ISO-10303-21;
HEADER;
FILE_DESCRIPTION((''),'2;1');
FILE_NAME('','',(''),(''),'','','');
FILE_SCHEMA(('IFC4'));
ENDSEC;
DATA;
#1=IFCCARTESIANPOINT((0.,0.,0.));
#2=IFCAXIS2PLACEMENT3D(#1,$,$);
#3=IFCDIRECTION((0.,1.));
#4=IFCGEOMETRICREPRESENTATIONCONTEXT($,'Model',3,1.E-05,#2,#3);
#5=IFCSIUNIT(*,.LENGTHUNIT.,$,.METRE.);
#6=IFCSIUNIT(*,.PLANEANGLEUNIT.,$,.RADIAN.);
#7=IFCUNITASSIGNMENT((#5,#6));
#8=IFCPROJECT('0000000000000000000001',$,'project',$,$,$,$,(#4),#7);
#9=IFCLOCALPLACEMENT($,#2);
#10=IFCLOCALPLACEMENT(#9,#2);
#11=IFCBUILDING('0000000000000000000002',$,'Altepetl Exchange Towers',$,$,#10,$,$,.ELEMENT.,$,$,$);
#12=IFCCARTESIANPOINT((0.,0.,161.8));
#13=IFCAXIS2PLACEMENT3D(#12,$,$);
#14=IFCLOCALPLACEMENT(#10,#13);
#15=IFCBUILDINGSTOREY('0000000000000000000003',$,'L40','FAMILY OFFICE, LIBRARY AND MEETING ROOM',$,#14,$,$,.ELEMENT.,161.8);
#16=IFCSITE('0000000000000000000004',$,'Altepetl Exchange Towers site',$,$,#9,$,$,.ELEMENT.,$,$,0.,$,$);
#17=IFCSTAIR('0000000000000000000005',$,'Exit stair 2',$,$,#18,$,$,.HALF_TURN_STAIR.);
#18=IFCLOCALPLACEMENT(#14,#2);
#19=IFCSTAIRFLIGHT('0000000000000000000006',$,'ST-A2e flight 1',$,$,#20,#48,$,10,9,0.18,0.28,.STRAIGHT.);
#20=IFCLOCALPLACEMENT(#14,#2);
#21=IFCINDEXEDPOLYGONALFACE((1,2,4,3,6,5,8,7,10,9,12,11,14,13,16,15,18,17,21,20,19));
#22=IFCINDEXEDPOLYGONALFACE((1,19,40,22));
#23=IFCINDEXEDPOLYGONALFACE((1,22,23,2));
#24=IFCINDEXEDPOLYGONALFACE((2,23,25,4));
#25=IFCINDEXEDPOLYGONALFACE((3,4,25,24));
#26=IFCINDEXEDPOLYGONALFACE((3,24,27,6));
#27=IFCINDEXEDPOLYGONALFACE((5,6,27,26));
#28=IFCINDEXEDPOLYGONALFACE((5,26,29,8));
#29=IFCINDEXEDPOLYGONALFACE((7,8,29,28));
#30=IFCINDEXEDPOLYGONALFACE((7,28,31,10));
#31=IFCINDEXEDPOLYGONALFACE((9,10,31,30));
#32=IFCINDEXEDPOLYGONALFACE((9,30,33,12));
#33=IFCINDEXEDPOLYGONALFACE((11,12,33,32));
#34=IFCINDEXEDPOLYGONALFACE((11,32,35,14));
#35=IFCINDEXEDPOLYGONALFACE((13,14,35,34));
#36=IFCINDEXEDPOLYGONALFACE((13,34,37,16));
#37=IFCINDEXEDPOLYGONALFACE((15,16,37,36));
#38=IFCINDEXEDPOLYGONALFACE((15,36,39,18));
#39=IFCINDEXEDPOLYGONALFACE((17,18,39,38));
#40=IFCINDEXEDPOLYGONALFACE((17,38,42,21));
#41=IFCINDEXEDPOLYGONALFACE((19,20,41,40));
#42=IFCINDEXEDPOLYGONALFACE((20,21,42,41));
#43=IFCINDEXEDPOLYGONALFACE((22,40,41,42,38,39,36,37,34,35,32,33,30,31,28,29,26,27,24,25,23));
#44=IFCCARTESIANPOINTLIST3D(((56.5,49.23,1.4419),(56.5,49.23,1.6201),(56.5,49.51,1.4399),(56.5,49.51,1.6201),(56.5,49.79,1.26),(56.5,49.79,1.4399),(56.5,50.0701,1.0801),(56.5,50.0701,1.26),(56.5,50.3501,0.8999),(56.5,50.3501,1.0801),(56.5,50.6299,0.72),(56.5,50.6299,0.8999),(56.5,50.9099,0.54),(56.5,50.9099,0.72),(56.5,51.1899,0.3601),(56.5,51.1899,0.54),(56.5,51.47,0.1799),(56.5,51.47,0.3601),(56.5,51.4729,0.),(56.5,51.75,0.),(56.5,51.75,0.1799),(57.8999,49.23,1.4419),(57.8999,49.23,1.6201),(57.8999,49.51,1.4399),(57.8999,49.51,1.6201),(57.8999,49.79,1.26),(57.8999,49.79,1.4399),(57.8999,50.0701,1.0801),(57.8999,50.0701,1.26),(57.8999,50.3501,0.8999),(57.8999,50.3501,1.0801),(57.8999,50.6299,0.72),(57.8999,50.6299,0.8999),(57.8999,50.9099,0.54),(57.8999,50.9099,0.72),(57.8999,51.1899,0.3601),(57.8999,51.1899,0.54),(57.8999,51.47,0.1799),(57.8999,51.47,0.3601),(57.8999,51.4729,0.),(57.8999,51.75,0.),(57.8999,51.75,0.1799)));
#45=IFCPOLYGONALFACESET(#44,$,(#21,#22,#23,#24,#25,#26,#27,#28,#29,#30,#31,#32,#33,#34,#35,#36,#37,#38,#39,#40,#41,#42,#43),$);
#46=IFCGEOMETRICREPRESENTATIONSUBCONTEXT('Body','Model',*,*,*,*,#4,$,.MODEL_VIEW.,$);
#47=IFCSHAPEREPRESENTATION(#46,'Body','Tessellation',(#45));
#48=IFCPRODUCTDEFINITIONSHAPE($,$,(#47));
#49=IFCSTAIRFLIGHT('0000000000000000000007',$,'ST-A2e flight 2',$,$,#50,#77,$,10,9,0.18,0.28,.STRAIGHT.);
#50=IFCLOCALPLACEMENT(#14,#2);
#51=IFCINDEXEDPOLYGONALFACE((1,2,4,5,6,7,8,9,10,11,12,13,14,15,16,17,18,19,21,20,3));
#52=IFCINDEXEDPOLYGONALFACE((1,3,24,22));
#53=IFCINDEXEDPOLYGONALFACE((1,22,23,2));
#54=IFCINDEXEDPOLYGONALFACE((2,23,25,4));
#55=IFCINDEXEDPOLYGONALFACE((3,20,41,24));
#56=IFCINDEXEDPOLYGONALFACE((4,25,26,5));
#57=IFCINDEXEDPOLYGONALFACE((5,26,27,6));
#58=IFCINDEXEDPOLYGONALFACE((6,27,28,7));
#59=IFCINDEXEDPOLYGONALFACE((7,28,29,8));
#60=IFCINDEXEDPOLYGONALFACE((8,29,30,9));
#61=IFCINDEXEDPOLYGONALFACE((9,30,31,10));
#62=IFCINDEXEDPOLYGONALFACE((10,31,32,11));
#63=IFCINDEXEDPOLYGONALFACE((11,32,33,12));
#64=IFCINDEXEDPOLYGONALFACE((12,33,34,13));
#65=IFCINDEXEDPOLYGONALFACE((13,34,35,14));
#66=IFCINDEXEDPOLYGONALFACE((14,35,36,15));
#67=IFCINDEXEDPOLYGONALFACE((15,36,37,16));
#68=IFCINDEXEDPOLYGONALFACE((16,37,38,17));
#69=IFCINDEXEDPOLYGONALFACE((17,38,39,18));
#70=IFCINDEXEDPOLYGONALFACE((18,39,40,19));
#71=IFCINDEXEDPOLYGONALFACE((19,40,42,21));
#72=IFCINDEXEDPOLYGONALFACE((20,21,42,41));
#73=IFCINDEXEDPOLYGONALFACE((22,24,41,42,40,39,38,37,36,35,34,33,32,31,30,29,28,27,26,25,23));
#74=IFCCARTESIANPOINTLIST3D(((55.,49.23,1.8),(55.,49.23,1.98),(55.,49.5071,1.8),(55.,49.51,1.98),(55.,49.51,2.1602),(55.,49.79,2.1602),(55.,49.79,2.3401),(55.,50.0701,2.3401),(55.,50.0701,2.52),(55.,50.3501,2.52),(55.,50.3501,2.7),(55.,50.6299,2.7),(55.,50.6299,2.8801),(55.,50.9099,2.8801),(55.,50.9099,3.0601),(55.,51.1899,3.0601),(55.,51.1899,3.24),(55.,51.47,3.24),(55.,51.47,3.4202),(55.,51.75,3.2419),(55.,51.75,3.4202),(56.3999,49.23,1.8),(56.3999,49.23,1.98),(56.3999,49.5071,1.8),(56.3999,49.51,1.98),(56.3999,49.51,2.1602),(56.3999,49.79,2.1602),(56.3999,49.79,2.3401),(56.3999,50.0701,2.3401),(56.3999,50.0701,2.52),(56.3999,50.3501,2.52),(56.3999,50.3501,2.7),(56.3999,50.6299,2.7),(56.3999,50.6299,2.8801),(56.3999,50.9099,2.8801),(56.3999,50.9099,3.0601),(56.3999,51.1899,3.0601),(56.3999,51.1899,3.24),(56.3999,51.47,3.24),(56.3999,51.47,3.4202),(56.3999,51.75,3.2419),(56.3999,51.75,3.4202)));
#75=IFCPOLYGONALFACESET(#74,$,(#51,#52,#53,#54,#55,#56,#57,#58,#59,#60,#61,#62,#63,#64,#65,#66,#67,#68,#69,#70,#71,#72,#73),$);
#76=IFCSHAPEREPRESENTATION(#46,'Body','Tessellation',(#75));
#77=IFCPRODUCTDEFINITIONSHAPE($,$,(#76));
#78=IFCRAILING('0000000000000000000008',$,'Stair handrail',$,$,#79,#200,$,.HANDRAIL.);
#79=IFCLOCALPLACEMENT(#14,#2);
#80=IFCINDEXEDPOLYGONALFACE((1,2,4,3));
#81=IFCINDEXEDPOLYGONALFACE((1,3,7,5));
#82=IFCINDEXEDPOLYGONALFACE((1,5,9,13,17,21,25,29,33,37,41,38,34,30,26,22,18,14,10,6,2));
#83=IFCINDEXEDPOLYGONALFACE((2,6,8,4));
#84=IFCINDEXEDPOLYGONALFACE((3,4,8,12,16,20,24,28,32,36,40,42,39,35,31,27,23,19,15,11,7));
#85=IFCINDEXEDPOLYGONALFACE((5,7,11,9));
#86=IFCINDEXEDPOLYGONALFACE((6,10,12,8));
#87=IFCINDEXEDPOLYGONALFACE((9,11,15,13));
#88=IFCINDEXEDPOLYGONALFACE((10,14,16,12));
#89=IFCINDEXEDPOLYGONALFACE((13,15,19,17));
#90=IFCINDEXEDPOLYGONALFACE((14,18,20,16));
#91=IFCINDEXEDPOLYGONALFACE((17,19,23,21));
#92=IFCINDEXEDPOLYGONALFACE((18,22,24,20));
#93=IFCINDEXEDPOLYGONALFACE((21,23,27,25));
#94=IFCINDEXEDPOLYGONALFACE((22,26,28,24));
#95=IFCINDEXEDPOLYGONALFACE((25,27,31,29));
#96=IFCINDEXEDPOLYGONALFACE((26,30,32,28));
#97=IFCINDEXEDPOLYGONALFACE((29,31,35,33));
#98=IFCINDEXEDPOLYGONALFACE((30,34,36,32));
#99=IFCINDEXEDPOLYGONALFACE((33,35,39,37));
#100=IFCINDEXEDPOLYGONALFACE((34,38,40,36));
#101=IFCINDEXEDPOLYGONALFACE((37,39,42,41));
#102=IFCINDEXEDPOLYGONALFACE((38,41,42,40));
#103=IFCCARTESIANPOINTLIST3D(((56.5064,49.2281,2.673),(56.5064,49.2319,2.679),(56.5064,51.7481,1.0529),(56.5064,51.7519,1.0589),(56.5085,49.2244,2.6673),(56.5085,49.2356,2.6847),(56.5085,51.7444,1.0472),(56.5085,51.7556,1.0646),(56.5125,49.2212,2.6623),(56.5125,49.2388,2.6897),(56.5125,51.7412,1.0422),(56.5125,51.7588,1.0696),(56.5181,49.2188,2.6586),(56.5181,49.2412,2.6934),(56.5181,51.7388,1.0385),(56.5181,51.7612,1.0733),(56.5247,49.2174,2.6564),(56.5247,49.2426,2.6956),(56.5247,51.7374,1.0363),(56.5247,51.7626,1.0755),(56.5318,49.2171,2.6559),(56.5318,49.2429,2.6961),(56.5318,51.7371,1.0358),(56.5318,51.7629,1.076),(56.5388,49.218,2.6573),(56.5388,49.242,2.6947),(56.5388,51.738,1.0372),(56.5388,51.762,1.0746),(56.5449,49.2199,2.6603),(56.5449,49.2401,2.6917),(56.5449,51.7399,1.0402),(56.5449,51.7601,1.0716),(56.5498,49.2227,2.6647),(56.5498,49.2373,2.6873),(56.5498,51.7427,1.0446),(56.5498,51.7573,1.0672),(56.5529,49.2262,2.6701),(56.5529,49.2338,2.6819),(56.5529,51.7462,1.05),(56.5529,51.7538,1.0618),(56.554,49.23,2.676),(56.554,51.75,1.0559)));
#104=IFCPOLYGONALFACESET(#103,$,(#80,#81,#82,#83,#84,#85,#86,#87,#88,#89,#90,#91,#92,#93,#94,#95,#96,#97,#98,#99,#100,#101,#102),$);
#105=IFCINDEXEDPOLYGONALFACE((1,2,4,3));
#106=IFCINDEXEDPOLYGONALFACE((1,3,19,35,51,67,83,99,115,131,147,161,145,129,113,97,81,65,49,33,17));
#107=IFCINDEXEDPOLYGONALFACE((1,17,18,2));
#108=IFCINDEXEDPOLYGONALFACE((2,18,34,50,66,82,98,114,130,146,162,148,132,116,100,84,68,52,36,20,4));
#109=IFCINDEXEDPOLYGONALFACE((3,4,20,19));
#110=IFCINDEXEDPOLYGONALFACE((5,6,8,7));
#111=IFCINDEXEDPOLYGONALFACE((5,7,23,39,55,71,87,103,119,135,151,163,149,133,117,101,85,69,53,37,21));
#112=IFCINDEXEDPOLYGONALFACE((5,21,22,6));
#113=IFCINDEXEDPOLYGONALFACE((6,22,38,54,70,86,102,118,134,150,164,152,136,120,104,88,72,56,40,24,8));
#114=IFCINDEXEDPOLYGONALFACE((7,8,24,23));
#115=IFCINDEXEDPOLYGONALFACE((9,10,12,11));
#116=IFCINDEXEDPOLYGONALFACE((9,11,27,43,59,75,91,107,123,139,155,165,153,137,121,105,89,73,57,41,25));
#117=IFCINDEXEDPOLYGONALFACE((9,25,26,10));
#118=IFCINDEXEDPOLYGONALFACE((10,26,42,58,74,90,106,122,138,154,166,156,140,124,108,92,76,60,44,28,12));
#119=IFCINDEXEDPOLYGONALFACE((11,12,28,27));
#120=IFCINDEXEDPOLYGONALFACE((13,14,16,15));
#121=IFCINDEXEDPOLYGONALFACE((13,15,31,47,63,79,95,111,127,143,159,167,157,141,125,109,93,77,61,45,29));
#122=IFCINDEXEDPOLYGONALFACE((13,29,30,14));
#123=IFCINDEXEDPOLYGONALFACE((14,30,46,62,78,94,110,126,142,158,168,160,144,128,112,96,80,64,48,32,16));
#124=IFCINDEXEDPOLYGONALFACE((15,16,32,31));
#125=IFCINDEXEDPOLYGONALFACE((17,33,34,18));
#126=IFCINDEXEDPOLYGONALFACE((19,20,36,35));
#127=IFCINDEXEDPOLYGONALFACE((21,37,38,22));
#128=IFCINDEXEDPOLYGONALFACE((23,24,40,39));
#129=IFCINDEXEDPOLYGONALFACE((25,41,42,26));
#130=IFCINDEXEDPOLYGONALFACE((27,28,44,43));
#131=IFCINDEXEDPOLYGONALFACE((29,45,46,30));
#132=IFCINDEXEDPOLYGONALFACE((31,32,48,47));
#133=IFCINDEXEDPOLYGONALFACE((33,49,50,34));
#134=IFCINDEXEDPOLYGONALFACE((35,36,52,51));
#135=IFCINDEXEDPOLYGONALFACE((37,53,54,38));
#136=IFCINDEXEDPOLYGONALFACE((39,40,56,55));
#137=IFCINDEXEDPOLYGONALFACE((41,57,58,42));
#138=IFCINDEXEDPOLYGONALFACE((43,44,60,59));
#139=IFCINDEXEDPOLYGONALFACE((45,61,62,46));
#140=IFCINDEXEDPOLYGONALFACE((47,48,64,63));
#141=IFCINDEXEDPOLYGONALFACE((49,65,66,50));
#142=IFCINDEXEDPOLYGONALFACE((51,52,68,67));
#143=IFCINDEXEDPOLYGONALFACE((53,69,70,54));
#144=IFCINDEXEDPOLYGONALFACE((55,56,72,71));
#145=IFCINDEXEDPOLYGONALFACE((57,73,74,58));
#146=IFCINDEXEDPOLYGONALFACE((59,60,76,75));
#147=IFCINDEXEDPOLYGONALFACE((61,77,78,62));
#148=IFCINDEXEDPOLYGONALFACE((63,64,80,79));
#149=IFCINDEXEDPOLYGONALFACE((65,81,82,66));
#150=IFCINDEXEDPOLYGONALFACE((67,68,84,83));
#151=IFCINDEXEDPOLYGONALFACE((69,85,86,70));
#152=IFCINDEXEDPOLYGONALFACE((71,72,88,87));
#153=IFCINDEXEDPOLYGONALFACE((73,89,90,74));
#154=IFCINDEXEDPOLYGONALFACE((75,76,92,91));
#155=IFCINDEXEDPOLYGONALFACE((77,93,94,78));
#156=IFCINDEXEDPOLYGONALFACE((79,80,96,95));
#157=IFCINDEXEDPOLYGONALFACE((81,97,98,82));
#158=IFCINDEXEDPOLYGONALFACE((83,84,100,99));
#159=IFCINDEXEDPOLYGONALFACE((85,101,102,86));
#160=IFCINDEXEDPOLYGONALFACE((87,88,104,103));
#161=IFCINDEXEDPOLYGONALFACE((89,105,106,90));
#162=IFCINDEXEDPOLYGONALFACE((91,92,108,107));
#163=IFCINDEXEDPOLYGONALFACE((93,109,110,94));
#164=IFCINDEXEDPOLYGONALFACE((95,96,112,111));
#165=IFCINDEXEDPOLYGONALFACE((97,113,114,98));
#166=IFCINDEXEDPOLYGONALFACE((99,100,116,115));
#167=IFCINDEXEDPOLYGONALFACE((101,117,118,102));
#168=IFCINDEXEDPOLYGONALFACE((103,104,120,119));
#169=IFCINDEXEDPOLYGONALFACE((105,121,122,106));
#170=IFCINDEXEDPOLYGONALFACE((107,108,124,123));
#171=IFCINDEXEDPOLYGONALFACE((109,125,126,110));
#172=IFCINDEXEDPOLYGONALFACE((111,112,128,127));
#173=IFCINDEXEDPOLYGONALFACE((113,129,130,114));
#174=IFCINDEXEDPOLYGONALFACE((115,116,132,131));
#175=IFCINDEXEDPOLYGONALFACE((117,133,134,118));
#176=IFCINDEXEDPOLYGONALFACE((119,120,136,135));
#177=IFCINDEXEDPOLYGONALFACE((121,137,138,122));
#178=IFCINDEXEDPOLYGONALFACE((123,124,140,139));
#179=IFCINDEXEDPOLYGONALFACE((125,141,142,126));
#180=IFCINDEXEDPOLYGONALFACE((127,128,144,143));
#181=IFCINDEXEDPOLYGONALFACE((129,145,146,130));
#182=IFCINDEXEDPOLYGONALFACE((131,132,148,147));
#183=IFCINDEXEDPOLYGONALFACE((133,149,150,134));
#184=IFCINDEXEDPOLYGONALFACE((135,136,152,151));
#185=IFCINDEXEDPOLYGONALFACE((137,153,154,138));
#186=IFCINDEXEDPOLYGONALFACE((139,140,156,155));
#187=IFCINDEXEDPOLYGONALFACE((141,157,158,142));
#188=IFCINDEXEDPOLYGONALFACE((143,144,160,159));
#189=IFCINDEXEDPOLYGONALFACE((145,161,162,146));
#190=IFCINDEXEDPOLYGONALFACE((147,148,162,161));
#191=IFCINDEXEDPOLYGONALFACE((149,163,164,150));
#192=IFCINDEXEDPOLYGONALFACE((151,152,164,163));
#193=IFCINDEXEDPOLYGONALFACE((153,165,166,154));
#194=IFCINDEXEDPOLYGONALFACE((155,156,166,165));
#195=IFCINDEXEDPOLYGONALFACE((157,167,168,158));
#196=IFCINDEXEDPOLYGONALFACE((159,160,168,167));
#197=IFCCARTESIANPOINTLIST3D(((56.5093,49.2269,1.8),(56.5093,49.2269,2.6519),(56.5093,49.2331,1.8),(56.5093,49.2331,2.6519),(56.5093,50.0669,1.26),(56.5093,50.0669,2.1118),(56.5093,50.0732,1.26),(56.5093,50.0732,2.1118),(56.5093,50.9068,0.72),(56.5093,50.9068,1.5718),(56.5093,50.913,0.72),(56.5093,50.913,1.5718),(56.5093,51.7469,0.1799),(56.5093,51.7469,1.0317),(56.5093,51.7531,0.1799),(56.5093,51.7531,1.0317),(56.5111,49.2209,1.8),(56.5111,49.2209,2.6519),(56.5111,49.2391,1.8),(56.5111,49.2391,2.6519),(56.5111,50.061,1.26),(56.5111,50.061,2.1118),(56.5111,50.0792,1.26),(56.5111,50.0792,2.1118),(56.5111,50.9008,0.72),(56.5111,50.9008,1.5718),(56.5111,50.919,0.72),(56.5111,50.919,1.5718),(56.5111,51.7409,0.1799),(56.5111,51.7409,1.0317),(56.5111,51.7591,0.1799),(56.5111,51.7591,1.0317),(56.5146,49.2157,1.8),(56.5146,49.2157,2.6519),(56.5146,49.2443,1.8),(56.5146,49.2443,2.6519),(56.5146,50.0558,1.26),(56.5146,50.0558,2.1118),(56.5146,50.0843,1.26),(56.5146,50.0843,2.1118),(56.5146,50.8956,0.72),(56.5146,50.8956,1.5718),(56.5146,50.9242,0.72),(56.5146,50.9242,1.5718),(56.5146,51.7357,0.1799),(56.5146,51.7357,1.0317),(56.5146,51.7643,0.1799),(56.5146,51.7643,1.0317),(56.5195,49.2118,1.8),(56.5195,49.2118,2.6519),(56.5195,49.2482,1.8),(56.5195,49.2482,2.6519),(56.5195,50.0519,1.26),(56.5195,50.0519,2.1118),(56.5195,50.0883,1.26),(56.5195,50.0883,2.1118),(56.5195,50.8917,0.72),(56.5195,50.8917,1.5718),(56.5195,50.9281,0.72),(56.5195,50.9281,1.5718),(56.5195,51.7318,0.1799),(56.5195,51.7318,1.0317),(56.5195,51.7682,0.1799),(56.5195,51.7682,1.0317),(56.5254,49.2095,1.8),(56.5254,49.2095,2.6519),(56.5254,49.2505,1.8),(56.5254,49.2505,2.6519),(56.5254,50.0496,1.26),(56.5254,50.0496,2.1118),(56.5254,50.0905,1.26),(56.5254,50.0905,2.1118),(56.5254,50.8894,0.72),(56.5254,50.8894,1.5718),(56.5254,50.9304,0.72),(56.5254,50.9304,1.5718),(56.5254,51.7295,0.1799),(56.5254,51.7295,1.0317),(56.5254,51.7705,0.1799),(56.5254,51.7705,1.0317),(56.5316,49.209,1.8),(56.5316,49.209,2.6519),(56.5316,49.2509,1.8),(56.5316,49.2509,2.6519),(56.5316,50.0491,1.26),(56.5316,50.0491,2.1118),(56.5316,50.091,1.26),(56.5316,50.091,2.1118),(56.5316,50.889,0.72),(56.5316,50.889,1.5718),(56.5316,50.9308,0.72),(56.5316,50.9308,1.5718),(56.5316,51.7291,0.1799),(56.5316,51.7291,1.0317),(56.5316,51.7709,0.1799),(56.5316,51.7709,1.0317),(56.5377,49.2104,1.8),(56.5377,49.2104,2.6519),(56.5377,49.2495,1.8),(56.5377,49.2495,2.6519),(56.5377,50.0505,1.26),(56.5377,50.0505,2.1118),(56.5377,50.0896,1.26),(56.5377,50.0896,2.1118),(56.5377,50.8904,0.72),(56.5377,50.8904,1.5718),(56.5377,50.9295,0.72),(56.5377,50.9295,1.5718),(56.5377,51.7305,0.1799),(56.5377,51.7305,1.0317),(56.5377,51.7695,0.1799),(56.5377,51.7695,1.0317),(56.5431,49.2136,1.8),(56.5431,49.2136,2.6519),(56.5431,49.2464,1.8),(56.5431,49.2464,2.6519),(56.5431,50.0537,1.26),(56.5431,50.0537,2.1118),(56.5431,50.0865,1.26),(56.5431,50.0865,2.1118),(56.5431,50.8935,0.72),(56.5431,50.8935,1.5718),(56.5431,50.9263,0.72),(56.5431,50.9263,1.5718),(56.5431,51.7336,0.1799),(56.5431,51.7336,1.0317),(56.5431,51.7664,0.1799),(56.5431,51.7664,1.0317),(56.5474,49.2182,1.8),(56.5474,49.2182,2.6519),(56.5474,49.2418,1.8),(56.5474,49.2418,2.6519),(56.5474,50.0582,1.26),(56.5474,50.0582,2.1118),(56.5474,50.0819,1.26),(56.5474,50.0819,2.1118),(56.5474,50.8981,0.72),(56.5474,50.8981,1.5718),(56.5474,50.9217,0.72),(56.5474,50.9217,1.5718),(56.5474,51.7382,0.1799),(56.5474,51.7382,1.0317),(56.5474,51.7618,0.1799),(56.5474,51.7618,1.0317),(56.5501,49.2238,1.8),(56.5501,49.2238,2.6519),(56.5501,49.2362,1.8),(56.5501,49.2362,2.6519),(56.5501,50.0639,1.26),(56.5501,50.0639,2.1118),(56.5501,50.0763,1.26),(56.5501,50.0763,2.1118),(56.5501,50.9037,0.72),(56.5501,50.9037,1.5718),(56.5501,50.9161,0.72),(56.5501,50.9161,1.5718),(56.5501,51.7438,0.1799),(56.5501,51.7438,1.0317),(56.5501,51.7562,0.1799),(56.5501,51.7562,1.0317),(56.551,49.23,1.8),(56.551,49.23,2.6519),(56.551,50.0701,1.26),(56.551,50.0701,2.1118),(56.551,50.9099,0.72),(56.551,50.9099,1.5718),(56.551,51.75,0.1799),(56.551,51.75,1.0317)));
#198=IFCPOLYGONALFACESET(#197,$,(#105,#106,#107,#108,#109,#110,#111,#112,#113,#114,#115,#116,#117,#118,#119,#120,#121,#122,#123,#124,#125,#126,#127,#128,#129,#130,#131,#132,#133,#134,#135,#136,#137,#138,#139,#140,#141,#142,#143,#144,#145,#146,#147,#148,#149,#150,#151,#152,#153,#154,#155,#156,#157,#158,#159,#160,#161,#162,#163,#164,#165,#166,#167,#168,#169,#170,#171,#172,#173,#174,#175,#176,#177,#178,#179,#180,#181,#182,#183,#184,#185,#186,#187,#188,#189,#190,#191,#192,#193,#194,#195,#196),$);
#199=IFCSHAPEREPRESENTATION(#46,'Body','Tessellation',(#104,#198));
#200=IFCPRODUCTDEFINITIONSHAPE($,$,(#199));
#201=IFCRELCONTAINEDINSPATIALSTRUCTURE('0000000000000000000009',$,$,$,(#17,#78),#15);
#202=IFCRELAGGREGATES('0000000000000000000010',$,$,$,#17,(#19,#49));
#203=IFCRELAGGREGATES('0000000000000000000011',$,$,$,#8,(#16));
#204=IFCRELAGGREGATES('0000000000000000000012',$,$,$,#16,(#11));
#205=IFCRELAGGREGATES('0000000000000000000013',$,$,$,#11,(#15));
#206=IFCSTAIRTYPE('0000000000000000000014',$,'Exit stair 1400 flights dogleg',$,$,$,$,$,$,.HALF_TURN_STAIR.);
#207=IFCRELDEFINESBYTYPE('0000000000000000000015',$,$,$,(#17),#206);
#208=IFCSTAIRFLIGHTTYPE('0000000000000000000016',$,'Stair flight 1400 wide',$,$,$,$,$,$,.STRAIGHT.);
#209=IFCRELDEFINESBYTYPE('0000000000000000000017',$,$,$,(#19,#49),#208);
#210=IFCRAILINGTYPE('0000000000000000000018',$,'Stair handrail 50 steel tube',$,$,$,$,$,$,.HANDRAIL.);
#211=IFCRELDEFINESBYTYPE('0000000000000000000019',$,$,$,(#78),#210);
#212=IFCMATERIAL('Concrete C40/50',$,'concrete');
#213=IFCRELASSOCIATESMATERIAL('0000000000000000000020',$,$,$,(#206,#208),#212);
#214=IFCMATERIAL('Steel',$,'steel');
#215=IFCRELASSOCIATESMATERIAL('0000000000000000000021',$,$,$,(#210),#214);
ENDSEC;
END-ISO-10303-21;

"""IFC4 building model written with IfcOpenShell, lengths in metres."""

from ifc_helpers import new_model, si_unit, direction, frame, origin, origin_2d, place, context, subcontext, project, spatial, polyline, circle, outline, extrude, source, transform, mapped, material, type_object, element, aggregate, save


model = new_model("IFC4")

# Units and contexts
model_context = context("Model", 3, precision=1e-05, world=origin(), true_north=direction((0.0, 1.0)))
body_context = subcontext(model_context, "Body", "Model", "MODEL_VIEW")
ifc_project = project(units=[si_unit("LENGTHUNIT", "METRE"), si_unit("PLANEANGLEUNIT", "RADIAN")], contexts=[model_context])

# Site, building, storey
site_placement = place(None, origin())
site = spatial("IfcSite", under=ifc_project, at=site_placement, Name="Altepetl Exchange Towers site", CompositionType="ELEMENT", RefElevation=0.0)
building_placement = place(site_placement, origin())
building = spatial("IfcBuilding", under=site, at=building_placement, Name="Altepetl Exchange Towers", CompositionType="ELEMENT")
storey_placement = place(building_placement, frame((0.0, 0.0, 161.8)))
storey = spatial("IfcBuildingStorey", under=building, at=storey_placement, Name="L40", Description="FAMILY OFFICE, LIBRARY AND MEETING ROOM", CompositionType="ELEMENT", Elevation=161.8)

# Shared definitions
ifc_material_1 = material(Name="Concrete C40/50", Category="concrete")

# Stair, stair flights
stair_type = type_object("IfcStairType", Name="Exit stair 1400 flights dogleg", PredefinedType="HALF_TURN_STAIR", material=ifc_material_1)
stair_placement = place(storey_placement, origin())
stair = element("IfcStair", 1, at=stair_placement, inside=storey, type_object=stair_type, Name="Exit stair 2", PredefinedType="HALF_TURN_STAIR")
stair_flight_type = type_object("IfcStairFlightType", Name="Stair flight 1400 wide", PredefinedType="STRAIGHT", material=ifc_material_1)
stair_flight_1_placement = place(storey_placement, frame((57.2, 51.75, 0.0), z_axis=(0.0, 0.0, 1.0), x_axis=(0.0, -1.0, 0.0)))
stair_flight_1 = element("IfcStairFlight", 2, at=stair_flight_1_placement, type_object=stair_flight_type, Name="ST-A2e flight 1", NumberOfRisers=10, NumberOfTreads=9, PredefinedType="STRAIGHT", RiserHeight=0.18, TreadLength=0.28, context=body_context, shape_type="SweptSolid", body=[
    extrude(outline(polyline([(0.0, 0.0), (0.0, 0.1799), (0.28, 0.1799), (0.28, 0.3601), (0.5601, 0.3601), (0.5601, 0.54), (0.8401, 0.54), (0.8401, 0.72), (1.1201, 0.72), (1.1201, 0.8999), (1.3999, 0.8999), (1.3999, 1.0801), (1.6799, 1.0801), (1.6799, 1.26), (1.96, 1.26), (1.96, 1.4399), (2.24, 1.4399), (2.24, 1.6201), (2.52, 1.6201), (2.52, 1.8), (2.52, 1.4419), (0.2771, 0.0), (0.0, 0.0)])), frame((0.0, 0.7, 0.0), z_axis=(0.0, -1.0, 0.0), x_axis=(1.0, 0.0, 0.0)), (0.0, 0.0, 1.0), 1.3999),
])
stair_flight_2_placement = place(storey_placement, frame((55.7, 49.23, 1.8), z_axis=(0.0, 0.0, 1.0), x_axis=(0.0, 1.0, 0.0)))
stair_flight_2 = element("IfcStairFlight", 3, at=stair_flight_2_placement, type_object=stair_flight_type, Name="ST-A2e flight 2", NumberOfRisers=10, NumberOfTreads=9, PredefinedType="STRAIGHT", RiserHeight=0.18, TreadLength=0.28, context=body_context, shape_type="SweptSolid", body=[
    extrude(outline(polyline([(0.0, 0.0), (0.0, 0.1799), (0.28, 0.1799), (0.28, 0.3601), (0.5601, 0.3601), (0.5601, 0.54), (0.8401, 0.54), (0.8401, 0.72), (1.1201, 0.72), (1.1201, 0.8999), (1.3999, 0.8999), (1.3999, 1.0801), (1.6799, 1.0801), (1.6799, 1.26), (1.96, 1.26), (1.96, 1.4399), (2.24, 1.4399), (2.24, 1.6201), (2.52, 1.6201), (2.52, 1.8), (2.52, 1.4419), (0.2771, 0.0), (0.0, 0.0)])), frame((0.0, 0.7, 0.0), z_axis=(0.0, -1.0, 0.0), x_axis=(1.0, 0.0, 0.0)), (0.0, 0.0, 1.0), 1.3999),
])
aggregate(stair, [stair_flight_1, stair_flight_2])

# Railing
ifc_material_2 = material(Name="Steel", Category="steel")
railing_type = type_object("IfcRailingType", Name="Stair handrail 50 steel tube", PredefinedType="HANDRAIL", material=ifc_material_2)
shared_shape = source(origin(), body_context, "Body", "SweptSolid", [
    extrude(circle(Radius=0.021, at=origin_2d()), origin(), (0.0, 0.0, 1.0), 0.8518),
])
railing_1_placement = place(storey_placement, frame((56.53, 51.75, 0.1799)))
element("IfcRailing", 4, at=railing_1_placement, inside=storey, type_object=railing_type, Name="Stair handrail", PredefinedType="HANDRAIL", context=body_context, shape_type="SweptSolid", body=[
    extrude(circle(Radius=0.0239, at=origin_2d()), frame((0.0, 0.0, 0.876), z_axis=(0.0, -0.841163, 0.540782), x_axis=(1.0, 0.0, 0.0)), (0.0, 0.0, 1.0), 2.9958),
    mapped(shared_shape, transform((0.0, 0.0, 0.0))),
    mapped(shared_shape, transform((0.0, -0.8401, 0.54))),
    mapped(shared_shape, transform((0.0, -1.6799, 1.0801))),
    mapped(shared_shape, transform((0.0, -2.52, 1.6201))),
])

save(model, "model.ifc")
